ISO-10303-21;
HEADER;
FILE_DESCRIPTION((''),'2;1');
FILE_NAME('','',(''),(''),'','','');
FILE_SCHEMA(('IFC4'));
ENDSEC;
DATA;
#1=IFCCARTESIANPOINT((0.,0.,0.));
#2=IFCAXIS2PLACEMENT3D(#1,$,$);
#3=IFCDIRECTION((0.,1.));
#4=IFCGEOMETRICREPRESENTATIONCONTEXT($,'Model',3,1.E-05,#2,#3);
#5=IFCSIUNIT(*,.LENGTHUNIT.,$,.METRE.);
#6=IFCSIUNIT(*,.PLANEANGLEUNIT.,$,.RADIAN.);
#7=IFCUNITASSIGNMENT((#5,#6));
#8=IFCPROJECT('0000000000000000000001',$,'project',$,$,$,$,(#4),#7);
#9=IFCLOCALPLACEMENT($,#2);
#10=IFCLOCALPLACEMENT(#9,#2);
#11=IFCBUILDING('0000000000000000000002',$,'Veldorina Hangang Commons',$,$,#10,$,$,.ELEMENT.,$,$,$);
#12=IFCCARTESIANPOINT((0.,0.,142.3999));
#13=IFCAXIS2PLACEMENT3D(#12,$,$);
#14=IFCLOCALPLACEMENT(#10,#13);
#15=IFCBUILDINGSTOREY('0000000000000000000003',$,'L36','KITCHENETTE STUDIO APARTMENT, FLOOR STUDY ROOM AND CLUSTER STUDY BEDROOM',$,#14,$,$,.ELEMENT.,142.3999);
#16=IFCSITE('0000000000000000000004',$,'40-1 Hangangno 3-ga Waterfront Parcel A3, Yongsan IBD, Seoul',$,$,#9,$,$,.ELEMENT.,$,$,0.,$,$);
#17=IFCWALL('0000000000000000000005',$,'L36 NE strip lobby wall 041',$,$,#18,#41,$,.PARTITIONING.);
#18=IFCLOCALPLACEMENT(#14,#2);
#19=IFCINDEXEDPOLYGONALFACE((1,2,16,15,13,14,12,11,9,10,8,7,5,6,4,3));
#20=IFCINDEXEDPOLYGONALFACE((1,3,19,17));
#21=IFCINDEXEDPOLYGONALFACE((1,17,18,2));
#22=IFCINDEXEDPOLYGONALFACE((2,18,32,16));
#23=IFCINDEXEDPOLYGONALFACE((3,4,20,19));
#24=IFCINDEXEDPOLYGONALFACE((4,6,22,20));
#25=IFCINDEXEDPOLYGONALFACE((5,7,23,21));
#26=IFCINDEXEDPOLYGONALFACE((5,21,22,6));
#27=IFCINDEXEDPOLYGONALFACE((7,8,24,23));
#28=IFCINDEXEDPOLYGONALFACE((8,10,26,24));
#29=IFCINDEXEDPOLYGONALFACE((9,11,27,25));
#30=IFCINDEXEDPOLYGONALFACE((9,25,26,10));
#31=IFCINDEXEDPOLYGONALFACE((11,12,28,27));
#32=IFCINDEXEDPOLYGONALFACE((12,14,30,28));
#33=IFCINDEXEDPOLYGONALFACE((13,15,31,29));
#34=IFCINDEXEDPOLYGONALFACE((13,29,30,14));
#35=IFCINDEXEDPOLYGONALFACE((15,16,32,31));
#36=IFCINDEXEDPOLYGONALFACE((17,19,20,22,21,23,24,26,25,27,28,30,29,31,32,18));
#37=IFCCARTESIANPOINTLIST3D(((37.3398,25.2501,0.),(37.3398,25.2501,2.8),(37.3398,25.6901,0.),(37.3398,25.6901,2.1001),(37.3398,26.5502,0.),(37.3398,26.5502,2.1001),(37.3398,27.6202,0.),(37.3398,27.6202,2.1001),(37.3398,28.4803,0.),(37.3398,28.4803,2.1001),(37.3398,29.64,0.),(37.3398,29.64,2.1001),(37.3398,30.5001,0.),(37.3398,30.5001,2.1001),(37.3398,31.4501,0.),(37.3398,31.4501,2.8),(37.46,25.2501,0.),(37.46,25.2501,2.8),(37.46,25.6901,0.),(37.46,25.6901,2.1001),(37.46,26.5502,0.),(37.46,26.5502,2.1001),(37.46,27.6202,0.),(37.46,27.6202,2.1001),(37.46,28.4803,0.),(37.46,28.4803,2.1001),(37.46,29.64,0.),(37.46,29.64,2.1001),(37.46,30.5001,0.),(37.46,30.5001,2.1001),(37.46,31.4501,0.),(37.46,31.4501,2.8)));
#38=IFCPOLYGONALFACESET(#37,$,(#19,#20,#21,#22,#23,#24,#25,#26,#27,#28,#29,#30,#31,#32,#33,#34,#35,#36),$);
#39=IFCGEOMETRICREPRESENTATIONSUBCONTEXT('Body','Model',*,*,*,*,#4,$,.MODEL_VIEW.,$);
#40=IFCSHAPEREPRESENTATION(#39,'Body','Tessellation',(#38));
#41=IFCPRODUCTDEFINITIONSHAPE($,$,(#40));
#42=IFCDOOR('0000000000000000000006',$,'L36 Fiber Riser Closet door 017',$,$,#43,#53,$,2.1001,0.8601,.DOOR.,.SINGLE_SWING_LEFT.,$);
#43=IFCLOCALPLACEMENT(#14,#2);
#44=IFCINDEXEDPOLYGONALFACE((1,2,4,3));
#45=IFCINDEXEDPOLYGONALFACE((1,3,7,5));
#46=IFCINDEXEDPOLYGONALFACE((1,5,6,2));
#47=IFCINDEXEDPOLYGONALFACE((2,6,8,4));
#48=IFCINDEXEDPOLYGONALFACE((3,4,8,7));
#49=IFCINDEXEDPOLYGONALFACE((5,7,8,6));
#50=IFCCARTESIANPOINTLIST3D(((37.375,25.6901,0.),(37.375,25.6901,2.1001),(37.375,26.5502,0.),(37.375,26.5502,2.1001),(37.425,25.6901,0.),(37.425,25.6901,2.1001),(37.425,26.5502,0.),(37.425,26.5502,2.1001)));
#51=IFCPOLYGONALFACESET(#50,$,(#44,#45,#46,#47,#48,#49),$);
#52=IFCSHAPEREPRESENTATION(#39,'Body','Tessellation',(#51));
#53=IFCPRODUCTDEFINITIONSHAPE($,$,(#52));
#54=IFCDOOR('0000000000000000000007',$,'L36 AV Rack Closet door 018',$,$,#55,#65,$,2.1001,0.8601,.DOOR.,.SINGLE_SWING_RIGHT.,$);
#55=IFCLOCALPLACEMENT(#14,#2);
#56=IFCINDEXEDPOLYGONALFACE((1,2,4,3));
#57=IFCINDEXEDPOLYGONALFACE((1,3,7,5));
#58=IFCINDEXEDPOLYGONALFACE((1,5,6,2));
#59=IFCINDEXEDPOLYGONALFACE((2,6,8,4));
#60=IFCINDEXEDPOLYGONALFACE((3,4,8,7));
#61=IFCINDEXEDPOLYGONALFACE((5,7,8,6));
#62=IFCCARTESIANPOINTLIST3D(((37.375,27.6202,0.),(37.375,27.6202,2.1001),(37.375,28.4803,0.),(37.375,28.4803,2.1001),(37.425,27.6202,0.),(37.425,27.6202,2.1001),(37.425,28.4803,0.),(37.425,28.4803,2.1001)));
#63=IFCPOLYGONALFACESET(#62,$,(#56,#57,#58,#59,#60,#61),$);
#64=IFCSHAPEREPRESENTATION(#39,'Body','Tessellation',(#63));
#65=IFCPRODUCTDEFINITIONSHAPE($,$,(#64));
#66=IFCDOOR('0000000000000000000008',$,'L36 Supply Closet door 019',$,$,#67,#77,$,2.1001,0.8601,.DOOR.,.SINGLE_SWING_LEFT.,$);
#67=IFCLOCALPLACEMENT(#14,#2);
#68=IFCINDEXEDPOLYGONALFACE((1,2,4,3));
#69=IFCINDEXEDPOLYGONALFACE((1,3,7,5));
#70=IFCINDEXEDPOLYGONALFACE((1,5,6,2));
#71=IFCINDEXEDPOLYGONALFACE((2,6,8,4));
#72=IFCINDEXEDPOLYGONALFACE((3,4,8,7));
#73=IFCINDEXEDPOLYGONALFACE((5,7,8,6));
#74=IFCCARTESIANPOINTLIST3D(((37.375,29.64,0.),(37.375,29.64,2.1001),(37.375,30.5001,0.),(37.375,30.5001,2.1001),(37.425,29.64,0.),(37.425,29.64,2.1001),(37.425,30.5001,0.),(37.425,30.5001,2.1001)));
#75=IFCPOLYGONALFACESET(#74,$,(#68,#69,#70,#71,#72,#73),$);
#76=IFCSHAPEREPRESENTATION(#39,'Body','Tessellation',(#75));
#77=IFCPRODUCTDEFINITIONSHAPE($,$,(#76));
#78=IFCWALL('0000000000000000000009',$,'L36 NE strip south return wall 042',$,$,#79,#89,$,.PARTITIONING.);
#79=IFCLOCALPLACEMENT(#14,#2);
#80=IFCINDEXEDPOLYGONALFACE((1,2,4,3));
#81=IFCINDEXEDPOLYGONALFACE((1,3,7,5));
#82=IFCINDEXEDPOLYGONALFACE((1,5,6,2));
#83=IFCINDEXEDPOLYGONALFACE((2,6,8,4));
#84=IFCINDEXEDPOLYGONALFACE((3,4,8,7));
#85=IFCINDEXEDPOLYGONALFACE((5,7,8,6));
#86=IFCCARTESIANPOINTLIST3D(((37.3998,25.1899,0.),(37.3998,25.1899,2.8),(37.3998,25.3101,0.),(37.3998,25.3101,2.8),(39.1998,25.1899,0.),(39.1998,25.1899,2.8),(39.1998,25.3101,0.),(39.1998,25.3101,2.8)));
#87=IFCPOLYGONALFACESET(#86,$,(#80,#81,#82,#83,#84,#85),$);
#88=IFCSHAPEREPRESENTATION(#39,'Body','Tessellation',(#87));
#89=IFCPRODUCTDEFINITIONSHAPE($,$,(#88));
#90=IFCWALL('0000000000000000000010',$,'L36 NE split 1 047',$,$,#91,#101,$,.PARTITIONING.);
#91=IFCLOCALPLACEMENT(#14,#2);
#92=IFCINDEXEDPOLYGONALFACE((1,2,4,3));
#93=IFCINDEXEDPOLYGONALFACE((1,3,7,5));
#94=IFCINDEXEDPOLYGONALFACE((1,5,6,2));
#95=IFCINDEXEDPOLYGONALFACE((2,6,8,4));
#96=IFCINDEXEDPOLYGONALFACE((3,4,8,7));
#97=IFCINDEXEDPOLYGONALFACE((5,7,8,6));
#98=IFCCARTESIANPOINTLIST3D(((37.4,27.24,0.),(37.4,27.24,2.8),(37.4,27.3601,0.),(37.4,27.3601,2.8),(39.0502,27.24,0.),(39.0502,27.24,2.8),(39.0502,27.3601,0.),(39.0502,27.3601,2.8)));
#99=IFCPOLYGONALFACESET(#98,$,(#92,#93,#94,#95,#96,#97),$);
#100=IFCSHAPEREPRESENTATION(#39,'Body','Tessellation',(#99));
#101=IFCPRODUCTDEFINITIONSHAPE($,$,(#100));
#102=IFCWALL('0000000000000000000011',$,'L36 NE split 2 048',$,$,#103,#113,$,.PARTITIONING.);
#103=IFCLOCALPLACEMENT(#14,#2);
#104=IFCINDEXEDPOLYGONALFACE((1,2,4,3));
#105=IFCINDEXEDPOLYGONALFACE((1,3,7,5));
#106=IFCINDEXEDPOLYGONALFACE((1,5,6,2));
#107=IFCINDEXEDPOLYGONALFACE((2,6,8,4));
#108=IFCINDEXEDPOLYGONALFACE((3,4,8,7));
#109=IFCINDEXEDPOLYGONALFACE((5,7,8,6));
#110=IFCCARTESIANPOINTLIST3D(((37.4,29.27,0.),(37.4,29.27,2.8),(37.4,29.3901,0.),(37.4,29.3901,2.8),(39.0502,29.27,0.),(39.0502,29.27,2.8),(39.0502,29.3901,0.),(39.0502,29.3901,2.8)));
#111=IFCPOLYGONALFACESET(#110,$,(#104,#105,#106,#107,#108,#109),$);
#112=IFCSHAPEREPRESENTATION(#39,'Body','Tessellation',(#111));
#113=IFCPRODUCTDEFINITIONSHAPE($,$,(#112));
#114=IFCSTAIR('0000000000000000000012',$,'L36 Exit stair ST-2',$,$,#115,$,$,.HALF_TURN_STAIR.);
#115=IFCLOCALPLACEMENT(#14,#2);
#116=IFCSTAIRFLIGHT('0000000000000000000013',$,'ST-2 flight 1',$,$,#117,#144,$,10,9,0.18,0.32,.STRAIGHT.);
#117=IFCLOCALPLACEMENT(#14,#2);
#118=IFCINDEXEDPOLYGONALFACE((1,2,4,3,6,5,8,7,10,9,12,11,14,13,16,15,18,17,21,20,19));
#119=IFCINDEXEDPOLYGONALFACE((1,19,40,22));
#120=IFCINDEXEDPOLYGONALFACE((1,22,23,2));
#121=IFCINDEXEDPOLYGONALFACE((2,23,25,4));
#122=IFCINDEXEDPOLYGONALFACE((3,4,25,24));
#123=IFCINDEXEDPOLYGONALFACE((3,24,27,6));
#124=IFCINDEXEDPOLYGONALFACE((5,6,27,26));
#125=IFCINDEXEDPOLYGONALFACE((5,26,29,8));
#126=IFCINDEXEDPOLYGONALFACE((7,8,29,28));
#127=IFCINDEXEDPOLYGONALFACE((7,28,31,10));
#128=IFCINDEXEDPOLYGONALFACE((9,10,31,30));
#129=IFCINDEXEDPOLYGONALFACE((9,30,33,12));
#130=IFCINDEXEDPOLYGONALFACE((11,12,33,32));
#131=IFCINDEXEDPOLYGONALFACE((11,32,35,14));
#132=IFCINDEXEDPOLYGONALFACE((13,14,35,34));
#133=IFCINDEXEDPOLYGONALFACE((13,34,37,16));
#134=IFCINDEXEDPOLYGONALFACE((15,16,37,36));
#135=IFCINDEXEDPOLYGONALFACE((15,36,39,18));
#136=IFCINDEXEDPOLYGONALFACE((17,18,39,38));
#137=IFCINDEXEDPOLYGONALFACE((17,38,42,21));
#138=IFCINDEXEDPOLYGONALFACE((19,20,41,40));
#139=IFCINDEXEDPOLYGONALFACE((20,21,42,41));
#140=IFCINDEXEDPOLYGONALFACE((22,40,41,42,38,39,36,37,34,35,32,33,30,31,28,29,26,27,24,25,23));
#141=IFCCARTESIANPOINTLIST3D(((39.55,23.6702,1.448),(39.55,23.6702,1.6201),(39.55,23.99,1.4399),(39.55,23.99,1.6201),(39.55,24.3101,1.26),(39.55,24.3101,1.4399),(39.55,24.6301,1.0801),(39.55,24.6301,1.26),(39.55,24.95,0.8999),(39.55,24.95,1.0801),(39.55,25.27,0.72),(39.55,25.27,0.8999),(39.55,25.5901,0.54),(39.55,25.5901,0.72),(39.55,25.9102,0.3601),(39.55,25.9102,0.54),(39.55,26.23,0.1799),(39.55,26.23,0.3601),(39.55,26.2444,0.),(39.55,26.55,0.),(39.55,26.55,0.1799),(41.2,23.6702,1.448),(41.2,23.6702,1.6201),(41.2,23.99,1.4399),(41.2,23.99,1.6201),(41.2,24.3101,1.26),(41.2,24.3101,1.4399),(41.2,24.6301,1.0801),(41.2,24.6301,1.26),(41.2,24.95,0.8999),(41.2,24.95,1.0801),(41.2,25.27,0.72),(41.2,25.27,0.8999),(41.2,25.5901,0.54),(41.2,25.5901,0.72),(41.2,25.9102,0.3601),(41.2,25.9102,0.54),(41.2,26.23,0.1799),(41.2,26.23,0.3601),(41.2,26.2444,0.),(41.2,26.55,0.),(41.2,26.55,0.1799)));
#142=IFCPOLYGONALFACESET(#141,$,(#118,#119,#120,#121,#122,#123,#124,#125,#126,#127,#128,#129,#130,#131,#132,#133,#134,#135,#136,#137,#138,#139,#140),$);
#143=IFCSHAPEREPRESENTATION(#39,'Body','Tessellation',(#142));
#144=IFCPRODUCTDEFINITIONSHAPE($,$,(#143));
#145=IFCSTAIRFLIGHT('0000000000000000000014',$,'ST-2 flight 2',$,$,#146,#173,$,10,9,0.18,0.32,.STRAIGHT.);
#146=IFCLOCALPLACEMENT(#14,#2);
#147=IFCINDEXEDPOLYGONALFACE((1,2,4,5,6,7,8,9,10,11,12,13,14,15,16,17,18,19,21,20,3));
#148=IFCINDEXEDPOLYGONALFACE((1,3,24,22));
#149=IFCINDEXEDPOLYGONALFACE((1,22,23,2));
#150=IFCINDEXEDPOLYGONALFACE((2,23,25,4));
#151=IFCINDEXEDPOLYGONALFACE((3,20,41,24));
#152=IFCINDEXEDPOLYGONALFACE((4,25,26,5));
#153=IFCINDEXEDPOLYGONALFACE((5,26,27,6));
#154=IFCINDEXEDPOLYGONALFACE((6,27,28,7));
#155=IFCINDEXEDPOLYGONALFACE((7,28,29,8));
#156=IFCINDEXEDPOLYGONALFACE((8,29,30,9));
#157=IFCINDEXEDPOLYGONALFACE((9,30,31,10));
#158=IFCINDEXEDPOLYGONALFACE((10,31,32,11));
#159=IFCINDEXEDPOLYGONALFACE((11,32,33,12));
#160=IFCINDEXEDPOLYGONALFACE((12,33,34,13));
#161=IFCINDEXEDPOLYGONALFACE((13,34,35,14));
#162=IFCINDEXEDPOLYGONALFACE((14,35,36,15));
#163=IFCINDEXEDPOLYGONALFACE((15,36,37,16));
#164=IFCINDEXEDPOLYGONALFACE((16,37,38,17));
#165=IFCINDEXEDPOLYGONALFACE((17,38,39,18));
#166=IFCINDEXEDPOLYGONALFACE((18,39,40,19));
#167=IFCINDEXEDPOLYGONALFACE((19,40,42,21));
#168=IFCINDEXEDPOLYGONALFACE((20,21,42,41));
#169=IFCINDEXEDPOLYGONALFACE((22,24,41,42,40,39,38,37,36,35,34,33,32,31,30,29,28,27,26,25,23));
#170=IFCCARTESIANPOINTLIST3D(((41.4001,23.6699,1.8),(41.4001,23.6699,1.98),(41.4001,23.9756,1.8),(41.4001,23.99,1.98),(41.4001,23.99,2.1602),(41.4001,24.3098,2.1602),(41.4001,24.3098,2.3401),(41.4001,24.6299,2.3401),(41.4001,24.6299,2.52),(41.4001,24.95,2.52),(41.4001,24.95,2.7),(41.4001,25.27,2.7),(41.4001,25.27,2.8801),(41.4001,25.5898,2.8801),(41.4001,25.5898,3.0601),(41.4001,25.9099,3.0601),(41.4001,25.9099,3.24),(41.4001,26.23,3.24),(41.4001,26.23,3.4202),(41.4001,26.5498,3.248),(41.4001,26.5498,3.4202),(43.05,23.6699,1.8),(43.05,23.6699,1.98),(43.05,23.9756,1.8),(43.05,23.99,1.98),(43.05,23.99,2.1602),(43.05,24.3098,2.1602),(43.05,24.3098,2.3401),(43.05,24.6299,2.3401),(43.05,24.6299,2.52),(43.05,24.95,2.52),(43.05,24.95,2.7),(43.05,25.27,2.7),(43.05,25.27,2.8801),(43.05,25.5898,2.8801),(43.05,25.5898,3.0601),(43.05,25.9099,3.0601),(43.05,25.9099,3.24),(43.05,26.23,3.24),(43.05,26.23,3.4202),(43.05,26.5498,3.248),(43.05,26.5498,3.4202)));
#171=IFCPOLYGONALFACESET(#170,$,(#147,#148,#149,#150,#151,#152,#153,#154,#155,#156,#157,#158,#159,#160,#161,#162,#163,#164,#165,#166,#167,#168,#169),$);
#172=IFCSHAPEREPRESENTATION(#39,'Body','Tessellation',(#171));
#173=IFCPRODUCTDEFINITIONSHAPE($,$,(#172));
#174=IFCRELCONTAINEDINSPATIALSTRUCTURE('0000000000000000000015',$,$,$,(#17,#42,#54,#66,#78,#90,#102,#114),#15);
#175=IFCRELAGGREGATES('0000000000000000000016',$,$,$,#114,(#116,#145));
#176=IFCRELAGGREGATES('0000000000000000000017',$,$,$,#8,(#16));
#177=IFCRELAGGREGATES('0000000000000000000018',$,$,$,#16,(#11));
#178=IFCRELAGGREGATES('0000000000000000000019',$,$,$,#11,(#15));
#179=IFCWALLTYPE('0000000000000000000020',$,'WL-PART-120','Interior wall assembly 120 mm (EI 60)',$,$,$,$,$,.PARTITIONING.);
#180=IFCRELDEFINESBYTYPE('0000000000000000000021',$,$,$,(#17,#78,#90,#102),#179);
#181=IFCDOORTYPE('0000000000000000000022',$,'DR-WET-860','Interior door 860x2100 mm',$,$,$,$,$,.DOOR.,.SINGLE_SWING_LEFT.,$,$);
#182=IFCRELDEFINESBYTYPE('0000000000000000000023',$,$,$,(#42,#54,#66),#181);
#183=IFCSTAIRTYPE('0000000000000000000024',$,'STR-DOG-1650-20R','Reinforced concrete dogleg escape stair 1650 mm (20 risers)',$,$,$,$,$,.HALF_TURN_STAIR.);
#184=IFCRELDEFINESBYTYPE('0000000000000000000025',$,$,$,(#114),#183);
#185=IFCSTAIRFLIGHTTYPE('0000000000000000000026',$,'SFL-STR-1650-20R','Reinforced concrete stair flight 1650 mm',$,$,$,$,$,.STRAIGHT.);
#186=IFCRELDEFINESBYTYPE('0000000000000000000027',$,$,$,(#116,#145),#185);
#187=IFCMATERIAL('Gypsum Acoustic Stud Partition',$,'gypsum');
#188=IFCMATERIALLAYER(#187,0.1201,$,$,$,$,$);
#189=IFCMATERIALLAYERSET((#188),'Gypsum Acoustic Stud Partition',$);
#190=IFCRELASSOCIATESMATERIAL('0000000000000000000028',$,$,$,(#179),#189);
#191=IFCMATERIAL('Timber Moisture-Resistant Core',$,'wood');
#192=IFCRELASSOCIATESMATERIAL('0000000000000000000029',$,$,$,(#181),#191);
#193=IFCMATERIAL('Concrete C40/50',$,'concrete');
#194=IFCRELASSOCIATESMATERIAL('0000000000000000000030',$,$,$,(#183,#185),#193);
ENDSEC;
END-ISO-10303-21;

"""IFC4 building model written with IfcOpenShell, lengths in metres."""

from ifc_helpers import new_model, si_unit, direction, frame, frame_2d, origin, place, context, subcontext, project, spatial, polyline, rectangle, outline, extrude, material, layer, layer_set, type_object, element, fill, aggregate, save


model = new_model("IFC4")

# Units and contexts
model_context = context("Model", 3, precision=1e-05, world=origin(), true_north=direction((0.0, 1.0)))
body_context = subcontext(model_context, "Body", "Model", "MODEL_VIEW")
ifc_project = project(units=[si_unit("LENGTHUNIT", "METRE"), si_unit("PLANEANGLEUNIT", "RADIAN")], contexts=[model_context])

# Site, building, storey
site_placement = place(None, origin())
site = spatial("IfcSite", under=ifc_project, at=site_placement, Name="40-1 Hangangno 3-ga Waterfront Parcel A3, Yongsan IBD, Seoul", CompositionType="ELEMENT", RefElevation=0.0)
building_placement = place(site_placement, origin())
building = spatial("IfcBuilding", under=site, at=building_placement, Name="Veldorina Hangang Commons", CompositionType="ELEMENT")
storey_placement = place(building_placement, frame((0.0, 0.0, 142.3999)))
storey = spatial("IfcBuildingStorey", under=building, at=storey_placement, Name="L36", Description="KITCHENETTE STUDIO APARTMENT, FLOOR STUDY ROOM AND CLUSTER STUDY BEDROOM", CompositionType="ELEMENT", Elevation=142.3999)

# Shared definitions
ifc_material_1 = material(Name="Gypsum Acoustic Stud Partition", Category="gypsum")
ifc_layer_1 = layer(ifc_material_1, 0.1201)
ifc_layer_set_1 = layer_set([ifc_layer_1], Name="Gypsum Acoustic Stud Partition")
wall_type_1 = type_object("IfcWallType", Name="WL-PART-120", Description="Interior wall assembly 120 mm (EI 60)", PredefinedType="PARTITIONING", material=ifc_layer_set_1)

# Wall, openings, doors
wall_1_placement = place(storey_placement, frame((37.3999, 25.25, 0.0), z_axis=(0.0, 0.0, 1.0), x_axis=(0.0, 1.0, 0.0)))
wall_1 = element("IfcWall", 1, at=wall_1_placement, inside=storey, type_object=wall_type_1, Name="L36 NE strip lobby wall 041", PredefinedType="PARTITIONING", context=body_context, shape_type="SweptSolid", body=[
    extrude(rectangle(XDim=6.2, YDim=0.1201, at=frame_2d((3.1001, 0.0))), origin(), (0.0, 0.0, 1.0), 2.8),
])
opening_1_placement = place(wall_1_placement, frame((0.4399, 0.0, 0.0)))
opening_1 = element("IfcOpeningElement", 2, at=opening_1_placement, cuts=wall_1, PredefinedType="OPENING", context=body_context, shape_type="SweptSolid", body=[
    extrude(rectangle(XDim=0.8601, YDim=2.1001, at=frame_2d((0.4302, 1.05))), frame((0.0, 0.0701, 0.0), z_axis=(0.0, -1.0, 0.0), x_axis=(1.0, 0.0, 0.0)), (0.0, 0.0, 1.0), 0.1401),
])
opening_2_placement = place(wall_1_placement, frame((2.3701, 0.0, 0.0)))
opening_2 = element("IfcOpeningElement", 3, at=opening_2_placement, cuts=wall_1, PredefinedType="OPENING", context=body_context, shape_type="SweptSolid", body=[
    extrude(rectangle(XDim=0.8601, YDim=2.1001, at=frame_2d((0.4302, 1.05))), frame((0.0, 0.0701, 0.0), z_axis=(0.0, -1.0, 0.0), x_axis=(1.0, 0.0, 0.0)), (0.0, 0.0, 1.0), 0.1401),
])
opening_3_placement = place(wall_1_placement, frame((4.3899, 0.0, 0.0)))
opening_3 = element("IfcOpeningElement", 4, at=opening_3_placement, cuts=wall_1, PredefinedType="OPENING", context=body_context, shape_type="SweptSolid", body=[
    extrude(rectangle(XDim=0.8601, YDim=2.1001, at=frame_2d((0.4302, 1.05))), frame((0.0, 0.0701, 0.0), z_axis=(0.0, -1.0, 0.0), x_axis=(1.0, 0.0, 0.0)), (0.0, 0.0, 1.0), 0.1401),
])
ifc_material_2 = material(Name="Timber Moisture-Resistant Core", Category="wood")
door_type_1 = type_object("IfcDoorType", Name="DR-WET-860", Description="Interior door 860x2100 mm", OperationType="SINGLE_SWING_LEFT", PredefinedType="DOOR", material=ifc_material_2)
door_1_placement = place(opening_1_placement, origin())
door_1 = element("IfcDoor", 5, at=door_1_placement, inside=storey, type_object=door_type_1, Name="L36 Fiber Riser Closet door 017", OperationType="SINGLE_SWING_LEFT", OverallHeight=2.1001, OverallWidth=0.8601, PredefinedType="DOOR", context=body_context, shape_type="SweptSolid", body=[
    extrude(rectangle(XDim=0.8601, YDim=2.1001, at=frame_2d((0.4302, 1.05))), frame((0.0, 0.0249, 0.0), z_axis=(0.0, -1.0, 0.0), x_axis=(1.0, 0.0, 0.0)), (0.0, 0.0, 1.0), 0.05),
])
fill(opening_1, door_1)
door_2_placement = place(opening_2_placement, origin())
door_2 = element("IfcDoor", 6, at=door_2_placement, inside=storey, type_object=door_type_1, Name="L36 AV Rack Closet door 018", OperationType="SINGLE_SWING_RIGHT", OverallHeight=2.1001, OverallWidth=0.8601, PredefinedType="DOOR", context=body_context, shape_type="SweptSolid", body=[
    extrude(rectangle(XDim=0.8601, YDim=2.1001, at=frame_2d((0.4302, 1.05))), frame((0.0, 0.0249, 0.0), z_axis=(0.0, -1.0, 0.0), x_axis=(1.0, 0.0, 0.0)), (0.0, 0.0, 1.0), 0.05),
])
fill(opening_2, door_2)
door_3_placement = place(opening_3_placement, origin())
door_3 = element("IfcDoor", 7, at=door_3_placement, inside=storey, type_object=door_type_1, Name="L36 Supply Closet door 019", OperationType="SINGLE_SWING_LEFT", OverallHeight=2.1001, OverallWidth=0.8601, PredefinedType="DOOR", context=body_context, shape_type="SweptSolid", body=[
    extrude(rectangle(XDim=0.8601, YDim=2.1001, at=frame_2d((0.4302, 1.05))), frame((0.0, 0.0249, 0.0), z_axis=(0.0, -1.0, 0.0), x_axis=(1.0, 0.0, 0.0)), (0.0, 0.0, 1.0), 0.05),
])
fill(opening_3, door_3)

# Walls
wall_2_placement = place(storey_placement, frame((37.3999, 25.25, 0.0), z_axis=(0.0, 0.0, 1.0), x_axis=(1.0, 0.0, 0.0)))
element("IfcWall", 8, at=wall_2_placement, inside=storey, type_object=wall_type_1, Name="L36 NE strip south return wall 042", PredefinedType="PARTITIONING", context=body_context, shape_type="SweptSolid", body=[
    extrude(rectangle(XDim=1.8, YDim=0.1201, at=frame_2d((0.8999, 0.0))), origin(), (0.0, 0.0, 1.0), 2.8),
])
for number, where, z_axis, x_axis, name in (
    (9, (37.3999, 27.3, 0.0), (0.0, 0.0, 1.0), (1.0, 0.0, 0.0), "L36 NE split 1 047"),
    (10, (37.3999, 29.3301, 0.0), (0.0, 0.0, 1.0), (1.0, 0.0, 0.0), "L36 NE split 2 048"),
):
    element("IfcWall", number, at=place(storey_placement, frame(where, z_axis=z_axis, x_axis=x_axis)), inside=storey, type_object=wall_type_1, Name=name, PredefinedType="PARTITIONING", context=body_context, shape_type="SweptSolid", body=[
        extrude(rectangle(XDim=1.6501, YDim=0.1201, at=frame_2d((0.8252, 0.0))), origin(), (0.0, 0.0, 1.0), 2.8),
    ])

# Stair, stair flights
ifc_material_3 = material(Name="Concrete C40/50", Category="concrete")
stair_type = type_object("IfcStairType", Name="STR-DOG-1650-20R", Description="Reinforced concrete dogleg escape stair 1650 mm (20 risers)", PredefinedType="HALF_TURN_STAIR", material=ifc_material_3)
stair_placement = place(storey_placement, origin())
stair = element("IfcStair", 11, at=stair_placement, inside=storey, type_object=stair_type, Name="L36 Exit stair ST-2", PredefinedType="HALF_TURN_STAIR")
stair_flight_type = type_object("IfcStairFlightType", Name="SFL-STR-1650-20R", Description="Reinforced concrete stair flight 1650 mm", PredefinedType="STRAIGHT", material=ifc_material_3)
stair_flight_1_placement = place(storey_placement, frame((40.375, 26.55, 0.0), z_axis=(0.0, 0.0, 1.0), x_axis=(0.0, -1.0, 0.0)))
stair_flight_1 = element("IfcStairFlight", 12, at=stair_flight_1_placement, type_object=stair_flight_type, Name="ST-2 flight 1", NumberOfRisers=10, NumberOfTreads=9, PredefinedType="STRAIGHT", RiserHeight=0.18, TreadLength=0.32, context=body_context, shape_type="SweptSolid", body=[
    extrude(outline(polyline([(0.0, 0.0), (0.0, 0.1799), (0.3201, 0.1799), (0.3201, 0.3601), (0.6399, 0.3601), (0.6399, 0.54), (0.96, 0.54), (0.96, 0.72), (1.28, 0.72), (1.28, 0.8999), (1.6001, 0.8999), (1.6001, 1.0801), (1.9199, 1.0801), (1.9199, 1.26), (2.24, 1.26), (2.24, 1.4399), (2.5601, 1.4399), (2.5601, 1.6201), (2.8799, 1.6201), (2.8799, 1.8), (2.8799, 1.448), (0.3057, 0.0), (0.0, 0.0)])), frame((0.0, 0.825, 0.0), z_axis=(0.0, -1.0, 0.0), x_axis=(1.0, 0.0, 0.0)), (0.0, 0.0, 1.0), 1.6499),
])
stair_flight_2_placement = place(storey_placement, frame((42.2251, 23.6699, 1.8), z_axis=(0.0, 0.0, 1.0), x_axis=(0.0, 1.0, 0.0)))
stair_flight_2 = element("IfcStairFlight", 13, at=stair_flight_2_placement, type_object=stair_flight_type, Name="ST-2 flight 2", NumberOfRisers=10, NumberOfTreads=9, PredefinedType="STRAIGHT", RiserHeight=0.18, TreadLength=0.32, context=body_context, shape_type="SweptSolid", body=[
    extrude(outline(polyline([(0.0, 0.0), (0.0, 0.1799), (0.3201, 0.1799), (0.3201, 0.3601), (0.6399, 0.3601), (0.6399, 0.54), (0.96, 0.54), (0.96, 0.72), (1.28, 0.72), (1.28, 0.8999), (1.6001, 0.8999), (1.6001, 1.0801), (1.9199, 1.0801), (1.9199, 1.26), (2.24, 1.26), (2.24, 1.4399), (2.5601, 1.4399), (2.5601, 1.6201), (2.8799, 1.6201), (2.8799, 1.8), (2.8799, 1.448), (0.3057, 0.0), (0.0, 0.0)])), frame((0.0, 0.825, 0.0), z_axis=(0.0, -1.0, 0.0), x_axis=(1.0, 0.0, 0.0)), (0.0, 0.0, 1.0), 1.6499),
])
aggregate(stair, [stair_flight_1, stair_flight_2])

save(model, "model.ifc")
